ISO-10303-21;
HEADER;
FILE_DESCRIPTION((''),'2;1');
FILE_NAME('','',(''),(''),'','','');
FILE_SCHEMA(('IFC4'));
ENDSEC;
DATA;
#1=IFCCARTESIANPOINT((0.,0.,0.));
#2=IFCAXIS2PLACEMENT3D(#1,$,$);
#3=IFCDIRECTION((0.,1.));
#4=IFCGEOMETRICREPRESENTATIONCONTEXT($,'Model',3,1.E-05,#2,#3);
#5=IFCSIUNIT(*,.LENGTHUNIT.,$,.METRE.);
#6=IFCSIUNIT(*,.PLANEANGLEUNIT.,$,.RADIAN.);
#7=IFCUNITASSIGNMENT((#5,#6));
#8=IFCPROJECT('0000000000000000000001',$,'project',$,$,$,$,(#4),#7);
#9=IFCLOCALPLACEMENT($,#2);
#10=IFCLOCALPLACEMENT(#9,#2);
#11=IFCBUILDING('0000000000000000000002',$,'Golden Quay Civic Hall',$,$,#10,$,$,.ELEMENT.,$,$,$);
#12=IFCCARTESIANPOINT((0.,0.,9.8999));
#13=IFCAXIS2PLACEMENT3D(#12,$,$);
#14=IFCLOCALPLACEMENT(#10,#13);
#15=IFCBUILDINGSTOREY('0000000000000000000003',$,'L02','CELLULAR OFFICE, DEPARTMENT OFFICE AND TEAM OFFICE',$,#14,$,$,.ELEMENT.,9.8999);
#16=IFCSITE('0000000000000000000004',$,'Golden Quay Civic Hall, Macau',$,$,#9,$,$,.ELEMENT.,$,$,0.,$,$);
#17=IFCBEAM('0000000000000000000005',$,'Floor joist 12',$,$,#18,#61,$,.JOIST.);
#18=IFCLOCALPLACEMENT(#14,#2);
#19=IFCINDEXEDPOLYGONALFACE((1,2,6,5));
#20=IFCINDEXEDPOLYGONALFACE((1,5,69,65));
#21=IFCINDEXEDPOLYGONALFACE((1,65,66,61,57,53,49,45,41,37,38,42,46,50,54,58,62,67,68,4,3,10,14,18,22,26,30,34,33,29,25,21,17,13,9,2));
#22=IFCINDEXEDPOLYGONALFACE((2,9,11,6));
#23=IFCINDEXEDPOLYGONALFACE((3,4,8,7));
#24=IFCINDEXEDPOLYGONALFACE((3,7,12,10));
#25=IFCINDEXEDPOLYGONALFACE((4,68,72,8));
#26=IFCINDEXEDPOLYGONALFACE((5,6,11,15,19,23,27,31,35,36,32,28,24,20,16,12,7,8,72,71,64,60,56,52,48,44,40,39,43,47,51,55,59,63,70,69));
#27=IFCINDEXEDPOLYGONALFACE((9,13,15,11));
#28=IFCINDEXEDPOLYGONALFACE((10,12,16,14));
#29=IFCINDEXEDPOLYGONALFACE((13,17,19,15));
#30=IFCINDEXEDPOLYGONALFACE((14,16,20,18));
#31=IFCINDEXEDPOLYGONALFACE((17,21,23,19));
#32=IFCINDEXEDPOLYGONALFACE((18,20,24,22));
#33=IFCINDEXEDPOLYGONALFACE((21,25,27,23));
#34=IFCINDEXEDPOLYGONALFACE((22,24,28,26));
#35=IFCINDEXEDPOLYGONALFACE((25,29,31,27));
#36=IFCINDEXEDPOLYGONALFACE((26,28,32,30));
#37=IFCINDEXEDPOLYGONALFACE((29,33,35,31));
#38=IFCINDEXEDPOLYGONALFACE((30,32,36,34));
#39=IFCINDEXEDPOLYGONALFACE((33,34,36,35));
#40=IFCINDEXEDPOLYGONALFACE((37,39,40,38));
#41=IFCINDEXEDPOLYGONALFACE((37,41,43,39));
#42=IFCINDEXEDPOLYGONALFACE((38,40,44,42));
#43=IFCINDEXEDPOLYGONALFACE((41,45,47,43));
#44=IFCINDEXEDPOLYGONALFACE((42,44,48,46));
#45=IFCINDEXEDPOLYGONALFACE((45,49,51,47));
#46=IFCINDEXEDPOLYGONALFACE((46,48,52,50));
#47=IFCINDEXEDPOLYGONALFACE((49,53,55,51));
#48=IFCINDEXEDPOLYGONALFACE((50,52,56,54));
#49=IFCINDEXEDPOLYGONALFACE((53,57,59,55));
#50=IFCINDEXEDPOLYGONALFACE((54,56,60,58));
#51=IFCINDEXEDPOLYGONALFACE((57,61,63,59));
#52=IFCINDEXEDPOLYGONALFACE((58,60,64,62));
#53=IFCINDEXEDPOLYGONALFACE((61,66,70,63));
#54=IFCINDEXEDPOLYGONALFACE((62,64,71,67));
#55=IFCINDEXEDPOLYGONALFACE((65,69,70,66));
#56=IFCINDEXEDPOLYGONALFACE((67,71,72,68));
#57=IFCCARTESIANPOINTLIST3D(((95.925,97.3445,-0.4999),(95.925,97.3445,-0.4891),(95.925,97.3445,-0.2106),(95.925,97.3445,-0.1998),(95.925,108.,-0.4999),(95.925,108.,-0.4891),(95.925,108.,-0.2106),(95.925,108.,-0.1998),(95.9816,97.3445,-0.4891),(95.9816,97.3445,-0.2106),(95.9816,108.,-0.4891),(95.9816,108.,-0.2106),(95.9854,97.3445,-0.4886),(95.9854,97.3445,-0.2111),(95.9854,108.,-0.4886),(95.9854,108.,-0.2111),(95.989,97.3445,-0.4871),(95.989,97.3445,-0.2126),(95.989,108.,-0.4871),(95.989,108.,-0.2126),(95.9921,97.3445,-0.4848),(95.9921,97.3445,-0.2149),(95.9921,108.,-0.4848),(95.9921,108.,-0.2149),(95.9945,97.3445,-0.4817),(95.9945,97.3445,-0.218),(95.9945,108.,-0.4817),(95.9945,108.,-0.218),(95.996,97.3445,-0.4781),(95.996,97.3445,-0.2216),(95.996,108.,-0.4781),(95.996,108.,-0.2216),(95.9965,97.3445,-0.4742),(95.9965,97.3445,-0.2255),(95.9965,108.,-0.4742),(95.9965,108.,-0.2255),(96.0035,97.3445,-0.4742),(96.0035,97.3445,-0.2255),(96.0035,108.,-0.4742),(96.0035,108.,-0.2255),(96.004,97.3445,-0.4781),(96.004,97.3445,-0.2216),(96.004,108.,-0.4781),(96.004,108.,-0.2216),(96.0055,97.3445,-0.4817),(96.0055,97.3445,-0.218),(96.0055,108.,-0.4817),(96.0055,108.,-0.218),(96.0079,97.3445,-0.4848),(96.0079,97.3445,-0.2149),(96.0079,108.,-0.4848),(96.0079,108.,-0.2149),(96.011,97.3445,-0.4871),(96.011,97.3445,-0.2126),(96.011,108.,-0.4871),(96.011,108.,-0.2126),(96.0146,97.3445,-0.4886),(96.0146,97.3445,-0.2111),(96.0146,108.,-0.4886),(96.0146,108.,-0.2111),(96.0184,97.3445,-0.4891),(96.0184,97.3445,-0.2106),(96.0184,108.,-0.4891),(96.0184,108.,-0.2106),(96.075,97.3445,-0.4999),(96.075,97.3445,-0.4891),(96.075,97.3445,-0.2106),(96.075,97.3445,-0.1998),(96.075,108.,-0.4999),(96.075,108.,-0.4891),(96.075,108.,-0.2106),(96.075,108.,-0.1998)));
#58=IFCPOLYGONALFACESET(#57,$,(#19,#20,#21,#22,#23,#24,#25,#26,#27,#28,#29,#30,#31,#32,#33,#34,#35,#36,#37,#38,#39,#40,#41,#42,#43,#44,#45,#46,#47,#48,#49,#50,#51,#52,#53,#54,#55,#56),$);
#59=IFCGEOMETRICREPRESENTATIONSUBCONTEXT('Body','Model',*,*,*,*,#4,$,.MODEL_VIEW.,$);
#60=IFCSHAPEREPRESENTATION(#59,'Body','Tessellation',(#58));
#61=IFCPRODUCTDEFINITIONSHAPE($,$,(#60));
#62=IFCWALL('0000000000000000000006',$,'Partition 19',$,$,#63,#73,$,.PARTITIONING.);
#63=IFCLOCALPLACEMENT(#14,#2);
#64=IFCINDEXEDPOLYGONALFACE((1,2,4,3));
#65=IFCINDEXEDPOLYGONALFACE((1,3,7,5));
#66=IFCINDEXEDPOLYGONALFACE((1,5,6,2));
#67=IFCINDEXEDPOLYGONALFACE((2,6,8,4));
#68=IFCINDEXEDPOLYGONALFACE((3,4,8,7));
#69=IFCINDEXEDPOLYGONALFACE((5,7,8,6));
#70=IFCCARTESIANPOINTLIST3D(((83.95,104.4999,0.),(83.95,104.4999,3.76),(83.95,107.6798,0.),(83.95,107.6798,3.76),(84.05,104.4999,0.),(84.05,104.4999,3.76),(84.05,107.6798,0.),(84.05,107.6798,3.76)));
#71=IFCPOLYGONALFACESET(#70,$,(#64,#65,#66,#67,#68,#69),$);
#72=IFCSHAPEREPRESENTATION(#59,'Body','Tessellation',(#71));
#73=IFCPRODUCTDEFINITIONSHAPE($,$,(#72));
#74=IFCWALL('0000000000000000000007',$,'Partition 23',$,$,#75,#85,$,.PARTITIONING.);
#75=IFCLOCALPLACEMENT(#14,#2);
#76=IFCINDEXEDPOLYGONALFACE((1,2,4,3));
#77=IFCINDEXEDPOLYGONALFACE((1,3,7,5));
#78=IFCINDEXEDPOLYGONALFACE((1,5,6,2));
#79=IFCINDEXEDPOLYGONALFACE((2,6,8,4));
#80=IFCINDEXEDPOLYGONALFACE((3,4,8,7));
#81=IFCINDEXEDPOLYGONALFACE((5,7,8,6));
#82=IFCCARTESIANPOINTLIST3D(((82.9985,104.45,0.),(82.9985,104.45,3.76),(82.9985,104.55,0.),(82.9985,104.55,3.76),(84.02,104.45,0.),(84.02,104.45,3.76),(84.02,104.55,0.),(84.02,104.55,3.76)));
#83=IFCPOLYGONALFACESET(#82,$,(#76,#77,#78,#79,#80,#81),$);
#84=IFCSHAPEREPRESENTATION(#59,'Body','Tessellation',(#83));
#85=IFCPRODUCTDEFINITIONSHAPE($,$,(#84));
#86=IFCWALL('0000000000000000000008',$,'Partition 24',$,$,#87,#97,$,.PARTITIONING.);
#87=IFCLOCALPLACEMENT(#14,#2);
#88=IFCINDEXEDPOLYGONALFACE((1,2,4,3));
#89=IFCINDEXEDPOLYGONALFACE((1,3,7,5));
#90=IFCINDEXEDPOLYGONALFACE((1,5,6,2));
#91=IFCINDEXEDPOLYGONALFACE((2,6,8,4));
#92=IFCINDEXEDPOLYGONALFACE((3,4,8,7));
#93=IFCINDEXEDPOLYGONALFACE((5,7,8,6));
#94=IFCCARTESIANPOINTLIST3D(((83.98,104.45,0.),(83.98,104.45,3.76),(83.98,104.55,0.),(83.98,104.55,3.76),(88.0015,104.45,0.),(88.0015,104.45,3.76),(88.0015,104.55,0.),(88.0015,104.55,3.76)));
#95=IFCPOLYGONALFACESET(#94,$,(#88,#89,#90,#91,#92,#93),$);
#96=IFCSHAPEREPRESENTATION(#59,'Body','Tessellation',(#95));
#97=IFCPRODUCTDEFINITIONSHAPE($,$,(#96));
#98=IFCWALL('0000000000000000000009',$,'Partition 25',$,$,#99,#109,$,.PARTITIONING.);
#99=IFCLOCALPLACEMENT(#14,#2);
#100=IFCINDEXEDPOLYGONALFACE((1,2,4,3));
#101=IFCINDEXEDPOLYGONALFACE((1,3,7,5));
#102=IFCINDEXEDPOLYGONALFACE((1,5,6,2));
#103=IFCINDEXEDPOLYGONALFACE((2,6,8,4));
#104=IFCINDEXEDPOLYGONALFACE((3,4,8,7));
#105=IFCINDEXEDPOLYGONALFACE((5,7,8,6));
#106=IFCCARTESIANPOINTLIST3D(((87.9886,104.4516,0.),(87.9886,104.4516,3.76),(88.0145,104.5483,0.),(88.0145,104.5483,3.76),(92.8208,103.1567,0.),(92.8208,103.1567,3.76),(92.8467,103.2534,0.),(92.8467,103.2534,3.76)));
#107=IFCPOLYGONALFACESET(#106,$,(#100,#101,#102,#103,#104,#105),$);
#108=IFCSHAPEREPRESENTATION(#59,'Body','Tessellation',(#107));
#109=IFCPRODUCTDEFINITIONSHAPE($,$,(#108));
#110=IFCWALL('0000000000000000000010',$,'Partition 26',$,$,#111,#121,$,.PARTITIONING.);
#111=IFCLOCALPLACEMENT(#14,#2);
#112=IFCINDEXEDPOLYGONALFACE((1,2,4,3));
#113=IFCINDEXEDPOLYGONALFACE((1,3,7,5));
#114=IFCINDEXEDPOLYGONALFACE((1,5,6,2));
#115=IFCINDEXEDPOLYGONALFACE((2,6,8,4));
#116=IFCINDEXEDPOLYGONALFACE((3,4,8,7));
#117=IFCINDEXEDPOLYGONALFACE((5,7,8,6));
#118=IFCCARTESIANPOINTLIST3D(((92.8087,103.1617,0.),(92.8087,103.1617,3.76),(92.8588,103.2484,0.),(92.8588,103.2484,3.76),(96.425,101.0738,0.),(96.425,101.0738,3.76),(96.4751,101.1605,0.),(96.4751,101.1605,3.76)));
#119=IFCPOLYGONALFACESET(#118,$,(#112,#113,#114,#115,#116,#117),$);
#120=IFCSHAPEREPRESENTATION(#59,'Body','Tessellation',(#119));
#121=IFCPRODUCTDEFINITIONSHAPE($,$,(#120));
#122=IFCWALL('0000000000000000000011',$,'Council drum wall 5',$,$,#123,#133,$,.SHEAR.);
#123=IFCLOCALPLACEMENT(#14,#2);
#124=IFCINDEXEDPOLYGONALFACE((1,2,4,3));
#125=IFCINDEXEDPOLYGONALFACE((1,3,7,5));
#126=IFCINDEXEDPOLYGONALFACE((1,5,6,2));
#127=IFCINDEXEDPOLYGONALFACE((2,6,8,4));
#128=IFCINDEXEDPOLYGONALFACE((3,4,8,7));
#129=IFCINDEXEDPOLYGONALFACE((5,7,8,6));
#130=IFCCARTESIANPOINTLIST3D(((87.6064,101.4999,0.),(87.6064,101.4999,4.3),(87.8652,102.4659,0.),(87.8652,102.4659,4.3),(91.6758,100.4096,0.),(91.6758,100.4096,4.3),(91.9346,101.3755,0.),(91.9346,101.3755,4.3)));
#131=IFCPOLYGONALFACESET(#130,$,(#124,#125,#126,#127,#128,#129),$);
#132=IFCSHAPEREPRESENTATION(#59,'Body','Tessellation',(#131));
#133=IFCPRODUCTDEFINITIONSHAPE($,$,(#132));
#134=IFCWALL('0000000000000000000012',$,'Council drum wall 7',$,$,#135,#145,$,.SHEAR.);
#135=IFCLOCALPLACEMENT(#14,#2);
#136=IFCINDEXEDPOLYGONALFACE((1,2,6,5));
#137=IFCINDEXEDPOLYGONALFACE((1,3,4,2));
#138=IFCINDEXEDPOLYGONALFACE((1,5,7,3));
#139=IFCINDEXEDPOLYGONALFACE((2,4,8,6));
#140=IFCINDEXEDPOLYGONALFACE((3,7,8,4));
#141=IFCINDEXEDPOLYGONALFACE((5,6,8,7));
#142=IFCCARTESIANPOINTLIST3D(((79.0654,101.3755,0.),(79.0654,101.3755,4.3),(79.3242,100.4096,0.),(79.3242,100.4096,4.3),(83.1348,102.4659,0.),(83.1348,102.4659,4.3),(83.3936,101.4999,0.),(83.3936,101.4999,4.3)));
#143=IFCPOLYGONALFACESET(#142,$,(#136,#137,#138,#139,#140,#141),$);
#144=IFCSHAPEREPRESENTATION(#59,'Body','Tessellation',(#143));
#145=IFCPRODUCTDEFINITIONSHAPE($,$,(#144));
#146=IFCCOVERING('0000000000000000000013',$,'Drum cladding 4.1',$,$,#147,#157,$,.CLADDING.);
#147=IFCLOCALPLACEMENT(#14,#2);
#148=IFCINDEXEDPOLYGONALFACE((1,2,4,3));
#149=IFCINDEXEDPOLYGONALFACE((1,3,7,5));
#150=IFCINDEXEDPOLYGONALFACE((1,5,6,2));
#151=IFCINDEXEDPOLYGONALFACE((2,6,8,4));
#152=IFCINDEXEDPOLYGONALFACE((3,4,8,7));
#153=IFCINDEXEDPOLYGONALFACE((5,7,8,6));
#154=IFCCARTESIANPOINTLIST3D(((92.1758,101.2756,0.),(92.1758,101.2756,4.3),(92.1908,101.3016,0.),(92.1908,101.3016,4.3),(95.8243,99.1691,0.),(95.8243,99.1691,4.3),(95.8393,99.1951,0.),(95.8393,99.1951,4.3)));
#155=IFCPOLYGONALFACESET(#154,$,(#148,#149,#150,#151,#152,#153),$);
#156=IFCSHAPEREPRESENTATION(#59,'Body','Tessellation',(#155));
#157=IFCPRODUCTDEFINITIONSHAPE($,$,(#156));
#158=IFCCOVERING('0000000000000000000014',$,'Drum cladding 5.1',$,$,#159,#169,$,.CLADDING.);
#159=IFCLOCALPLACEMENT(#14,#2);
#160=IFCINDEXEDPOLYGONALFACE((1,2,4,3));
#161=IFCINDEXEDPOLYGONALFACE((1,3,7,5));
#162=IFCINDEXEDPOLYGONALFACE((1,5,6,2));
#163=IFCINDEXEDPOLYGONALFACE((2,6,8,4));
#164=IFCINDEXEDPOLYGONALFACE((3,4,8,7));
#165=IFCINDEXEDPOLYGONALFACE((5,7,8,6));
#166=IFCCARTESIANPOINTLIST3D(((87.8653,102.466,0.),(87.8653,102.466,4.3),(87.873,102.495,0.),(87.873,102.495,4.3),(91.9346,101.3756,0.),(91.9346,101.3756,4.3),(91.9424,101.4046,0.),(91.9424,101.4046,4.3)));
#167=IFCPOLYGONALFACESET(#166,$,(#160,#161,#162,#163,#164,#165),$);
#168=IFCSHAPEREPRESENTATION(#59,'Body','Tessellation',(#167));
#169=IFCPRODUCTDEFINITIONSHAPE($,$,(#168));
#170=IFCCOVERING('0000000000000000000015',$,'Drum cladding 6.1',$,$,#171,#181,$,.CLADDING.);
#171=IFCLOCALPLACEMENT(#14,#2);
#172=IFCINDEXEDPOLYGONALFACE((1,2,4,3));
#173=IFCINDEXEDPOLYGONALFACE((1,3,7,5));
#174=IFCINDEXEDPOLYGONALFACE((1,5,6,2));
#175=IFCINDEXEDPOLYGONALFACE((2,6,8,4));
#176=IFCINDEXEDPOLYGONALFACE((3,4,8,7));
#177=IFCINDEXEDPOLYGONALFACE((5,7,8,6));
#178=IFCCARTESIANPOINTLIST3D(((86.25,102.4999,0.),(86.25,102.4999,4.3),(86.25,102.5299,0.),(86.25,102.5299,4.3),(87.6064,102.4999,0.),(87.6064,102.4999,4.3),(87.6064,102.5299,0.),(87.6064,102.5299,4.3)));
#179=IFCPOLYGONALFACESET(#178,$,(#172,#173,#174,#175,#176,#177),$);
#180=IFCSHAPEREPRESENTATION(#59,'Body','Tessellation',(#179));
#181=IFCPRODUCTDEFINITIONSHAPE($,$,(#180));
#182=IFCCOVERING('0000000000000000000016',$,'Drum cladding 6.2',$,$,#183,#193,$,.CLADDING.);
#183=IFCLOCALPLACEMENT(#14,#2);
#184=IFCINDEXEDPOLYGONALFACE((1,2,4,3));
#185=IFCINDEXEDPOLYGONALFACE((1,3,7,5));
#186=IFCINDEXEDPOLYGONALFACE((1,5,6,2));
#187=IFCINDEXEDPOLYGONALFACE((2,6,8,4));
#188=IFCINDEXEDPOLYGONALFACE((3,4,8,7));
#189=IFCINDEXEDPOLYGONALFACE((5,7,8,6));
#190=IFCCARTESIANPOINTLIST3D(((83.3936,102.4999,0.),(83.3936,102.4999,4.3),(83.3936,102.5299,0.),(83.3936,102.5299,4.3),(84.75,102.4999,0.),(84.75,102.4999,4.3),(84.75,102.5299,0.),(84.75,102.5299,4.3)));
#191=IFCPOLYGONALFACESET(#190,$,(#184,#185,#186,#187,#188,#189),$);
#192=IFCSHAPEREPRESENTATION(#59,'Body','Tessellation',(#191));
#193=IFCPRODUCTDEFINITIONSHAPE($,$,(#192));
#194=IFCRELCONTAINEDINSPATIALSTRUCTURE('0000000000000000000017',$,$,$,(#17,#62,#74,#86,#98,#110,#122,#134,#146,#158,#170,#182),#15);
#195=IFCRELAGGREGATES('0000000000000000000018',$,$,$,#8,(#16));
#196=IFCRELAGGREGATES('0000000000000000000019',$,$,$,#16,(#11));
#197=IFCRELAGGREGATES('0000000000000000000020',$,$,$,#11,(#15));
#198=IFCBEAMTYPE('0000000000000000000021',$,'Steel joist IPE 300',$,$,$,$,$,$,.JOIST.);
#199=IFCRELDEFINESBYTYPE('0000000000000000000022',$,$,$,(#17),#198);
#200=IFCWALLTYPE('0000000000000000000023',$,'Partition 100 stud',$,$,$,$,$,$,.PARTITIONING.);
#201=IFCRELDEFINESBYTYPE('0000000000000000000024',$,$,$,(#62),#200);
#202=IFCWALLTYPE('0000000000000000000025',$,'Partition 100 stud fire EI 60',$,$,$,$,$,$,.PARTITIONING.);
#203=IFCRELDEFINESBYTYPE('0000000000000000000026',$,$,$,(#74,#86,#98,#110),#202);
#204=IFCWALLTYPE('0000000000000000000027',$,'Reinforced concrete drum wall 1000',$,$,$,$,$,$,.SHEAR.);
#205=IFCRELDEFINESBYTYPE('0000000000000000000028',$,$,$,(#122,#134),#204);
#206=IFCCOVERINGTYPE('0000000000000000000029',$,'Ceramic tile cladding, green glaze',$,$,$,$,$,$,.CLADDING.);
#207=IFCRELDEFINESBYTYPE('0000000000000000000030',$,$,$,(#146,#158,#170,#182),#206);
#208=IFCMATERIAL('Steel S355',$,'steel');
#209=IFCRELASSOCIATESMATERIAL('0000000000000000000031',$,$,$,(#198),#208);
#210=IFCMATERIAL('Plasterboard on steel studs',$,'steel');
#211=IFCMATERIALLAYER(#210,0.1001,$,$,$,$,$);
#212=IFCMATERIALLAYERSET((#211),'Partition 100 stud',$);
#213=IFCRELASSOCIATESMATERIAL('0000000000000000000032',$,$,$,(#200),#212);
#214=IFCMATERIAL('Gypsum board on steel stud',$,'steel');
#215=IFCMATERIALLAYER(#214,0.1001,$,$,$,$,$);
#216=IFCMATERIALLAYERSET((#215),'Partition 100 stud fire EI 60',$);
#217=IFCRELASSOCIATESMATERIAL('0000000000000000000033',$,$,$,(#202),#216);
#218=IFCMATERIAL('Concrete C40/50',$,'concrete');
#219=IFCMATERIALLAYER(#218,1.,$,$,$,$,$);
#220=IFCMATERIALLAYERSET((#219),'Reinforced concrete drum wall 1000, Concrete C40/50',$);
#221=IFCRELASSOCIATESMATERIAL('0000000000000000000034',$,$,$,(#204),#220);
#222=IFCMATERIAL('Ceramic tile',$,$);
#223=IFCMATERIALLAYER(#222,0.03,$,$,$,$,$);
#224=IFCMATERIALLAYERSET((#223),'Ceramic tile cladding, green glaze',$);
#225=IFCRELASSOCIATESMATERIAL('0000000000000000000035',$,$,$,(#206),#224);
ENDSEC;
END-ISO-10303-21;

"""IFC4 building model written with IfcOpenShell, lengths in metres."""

from ifc_helpers import new_model, si_unit, direction, frame, frame_2d, origin, origin_2d, place, context, subcontext, project, spatial, rectangle, i_section, extrude, material, layer, layer_set, material_profile, profile_set, type_object, element, save


model = new_model("IFC4")

# Units and contexts
model_context = context("Model", 3, precision=1e-05, world=origin(), true_north=direction((0.0, 1.0)))
body_context = subcontext(model_context, "Body", "Model", "MODEL_VIEW")
ifc_project = project(units=[si_unit("LENGTHUNIT", "METRE"), si_unit("PLANEANGLEUNIT", "RADIAN")], contexts=[model_context])

# Site, building, storey
site_placement = place(None, origin())
site = spatial("IfcSite", under=ifc_project, at=site_placement, Name="Golden Quay Civic Hall, Macau", CompositionType="ELEMENT", RefElevation=0.0)
building_placement = place(site_placement, origin())
building = spatial("IfcBuilding", under=site, at=building_placement, Name="Golden Quay Civic Hall", CompositionType="ELEMENT")
storey_placement = place(building_placement, frame((0.0, 0.0, 9.8999)))
storey = spatial("IfcBuildingStorey", under=building, at=storey_placement, Name="L02", Description="CELLULAR OFFICE, DEPARTMENT OFFICE AND TEAM OFFICE", CompositionType="ELEMENT", Elevation=9.8999)

# Beam
ifc_material_1 = material(Name="Steel S355", Category="steel")
ifc_material_profile_1 = material_profile(ifc_material_1, i_section(OverallWidth=0.1499, OverallDepth=0.3, WebThickness=0.0071, FlangeThickness=0.0107, FilletRadius=0.0149, at=origin_2d()), Name="IPE 300")
ifc_profile_set_1 = profile_set([ifc_material_profile_1], Name="Steel S355")
beam_type_1 = type_object("IfcBeamType", Name="Steel joist IPE 300", PredefinedType="JOIST", material=ifc_profile_set_1)
beam_1_placement = place(storey_placement, frame((96.0, 108.0, -0.3499), z_axis=(0.0, -1.0, 0.0), x_axis=(1.0, 0.0, 0.0)))
element("IfcBeam", 1, at=beam_1_placement, inside=storey, type_object=beam_type_1, Name="Floor joist 12", PredefinedType="JOIST", context=body_context, shape_type="SweptSolid", body=[
    extrude(i_section(OverallWidth=0.1499, OverallDepth=0.3, WebThickness=0.0071, FlangeThickness=0.0107, FilletRadius=0.0149, at=origin_2d()), origin(), (0.0, 0.0, 1.0), 10.6555),
])

# Walls
ifc_material_2 = material(Name="Plasterboard on steel studs", Category="steel")
ifc_layer_1 = layer(ifc_material_2, 0.1001)
ifc_layer_set_1 = layer_set([ifc_layer_1], Name="Partition 100 stud")
wall_type_1 = type_object("IfcWallType", Name="Partition 100 stud", PredefinedType="PARTITIONING", material=ifc_layer_set_1)
wall_1_placement = place(storey_placement, frame((84.0, 104.5, 0.0), z_axis=(0.0, 0.0, 1.0), x_axis=(0.0, 1.0, 0.0)))
element("IfcWall", 2, at=wall_1_placement, inside=storey, type_object=wall_type_1, Name="Partition 19", PredefinedType="PARTITIONING", context=body_context, shape_type="SweptSolid", body=[
    extrude(rectangle(XDim=3.1799, YDim=0.1001, at=frame_2d((1.5898, 0.0))), origin(), (0.0, 0.0, 1.0), 3.76),
])
ifc_material_3 = material(Name="Gypsum board on steel stud", Category="steel")
ifc_layer_2 = layer(ifc_material_3, 0.1001)
ifc_layer_set_2 = layer_set([ifc_layer_2], Name="Partition 100 stud fire EI 60")
wall_type_2 = type_object("IfcWallType", Name="Partition 100 stud fire EI 60", PredefinedType="PARTITIONING", material=ifc_layer_set_2)
wall_2_placement = place(storey_placement, frame((82.9985, 104.5, 0.0), z_axis=(0.0, 0.0, 1.0), x_axis=(1.0, 0.0, 0.0)))
element("IfcWall", 3, at=wall_2_placement, inside=storey, type_object=wall_type_2, Name="Partition 23", PredefinedType="PARTITIONING", context=body_context, shape_type="SweptSolid", body=[
    extrude(rectangle(XDim=1.0215, YDim=0.1001, at=frame_2d((0.5107, 0.0))), origin(), (0.0, 0.0, 1.0), 3.76),
])
wall_3_placement = place(storey_placement, frame((83.98, 104.5, 0.0), z_axis=(0.0, 0.0, 1.0), x_axis=(1.0, 0.0, 0.0)))
element("IfcWall", 4, at=wall_3_placement, inside=storey, type_object=wall_type_2, Name="Partition 24", PredefinedType="PARTITIONING", context=body_context, shape_type="SweptSolid", body=[
    extrude(rectangle(XDim=4.0215, YDim=0.1001, at=frame_2d((2.0107, 0.0))), origin(), (0.0, 0.0, 1.0), 3.76),
])
wall_4_placement = place(storey_placement, frame((88.0015, 104.5, 0.0), z_axis=(0.0, 0.0, 1.0), x_axis=(0.96592, -0.258841, 0.0)))
element("IfcWall", 5, at=wall_4_placement, inside=storey, type_object=wall_type_2, Name="Partition 25", PredefinedType="PARTITIONING", context=body_context, shape_type="SweptSolid", body=[
    extrude(rectangle(XDim=5.0027, YDim=0.1001, at=frame_2d((2.5015, 0.0))), origin(), (0.0, 0.0, 1.0), 3.76),
])
wall_5_placement = place(storey_placement, frame((92.8337, 103.2051, 0.0), z_axis=(0.0, 0.0, 1.0), x_axis=(0.866018, -0.500013, 0.0)))
element("IfcWall", 6, at=wall_5_placement, inside=storey, type_object=wall_type_2, Name="Partition 26", PredefinedType="PARTITIONING", context=body_context, shape_type="SweptSolid", body=[
    extrude(rectangle(XDim=4.1758, YDim=0.1001, at=frame_2d((2.0879, 0.0))), origin(), (0.0, 0.0, 1.0), 3.76),
])
ifc_material_4 = material(Name="Concrete C40/50", Category="concrete")
ifc_layer_3 = layer(ifc_material_4, 1.0)
ifc_layer_set_3 = layer_set([ifc_layer_3], Name="Reinforced concrete drum wall 1000, Concrete C40/50")
wall_type_3 = type_object("IfcWallType", Name="Reinforced concrete drum wall 1000", PredefinedType="SHEAR", material=ifc_layer_set_3)
wall_6_placement = place(storey_placement, frame((91.8052, 100.8926, 0.0), z_axis=(0.0, 0.0, 1.0), x_axis=(-0.965928, 0.258809, 0.0)))
element("IfcWall", 7, at=wall_6_placement, inside=storey, type_object=wall_type_3, Name="Council drum wall 5", PredefinedType="SHEAR", context=body_context, shape_type="SweptSolid", body=[
    extrude(rectangle(XDim=4.2129, YDim=1.0, at=frame_2d((2.1064, 0.0))), origin(), (0.0, 0.0, 1.0), 4.3),
])

# Wall
wall_7_placement = place(storey_placement, frame((83.2642, 101.9829, 0.0), z_axis=(0.0, 0.0, 1.0), x_axis=(-0.965928, -0.258809, 0.0)))
element("IfcWall", 8, at=wall_7_placement, inside=storey, type_object=wall_type_3, Name="Council drum wall 7", PredefinedType="SHEAR", context=body_context, shape_type="SweptSolid", body=[
    extrude(rectangle(XDim=4.2129, YDim=1.0, at=frame_2d((2.1064, 0.0))), origin(), (0.0, 0.0, 1.0), 4.3),
])

# Coverings
ifc_material_5 = material(Name="Ceramic tile")
ifc_layer_4 = layer(ifc_material_5, 0.03)
ifc_layer_set_4 = layer_set([ifc_layer_4], Name="Ceramic tile cladding, green glaze")
covering_type = type_object("IfcCoveringType", Name="Ceramic tile cladding, green glaze", PredefinedType="CLADDING", material=ifc_layer_set_4)
for number, where, z_axis, x_axis, name in (
    (9, (94.0076, 100.2354, 0.0), (0.0, 0.0, 1.0), (-0.866025, 0.5, 0.0), "Drum cladding 4.1"),
    (10, (89.9038, 101.9353, 0.0), (0.0, 0.0, 1.0), (-0.965926, 0.258819, 0.0), "Drum cladding 5.1"),
):
    element("IfcCovering", number, at=place(storey_placement, frame(where, z_axis=z_axis, x_axis=x_axis)), inside=storey, type_object=covering_type, Name=name, PredefinedType="CLADDING", context=body_context, shape_type="SweptSolid", body=[
        extrude(rectangle(XDim=4.2129, YDim=0.03, at=origin_2d()), origin(), (0.0, 0.0, 1.0), 4.3),
    ])
for number, where, z_axis, x_axis, name in (
    (11, (86.9282, 102.5149, 0.0), (0.0, 0.0, 1.0), (-1.0, 0.0, 0.0), "Drum cladding 6.1"),
    (12, (84.0718, 102.5149, 0.0), (0.0, 0.0, 1.0), (-1.0, 0.0, 0.0), "Drum cladding 6.2"),
):
    element("IfcCovering", number, at=place(storey_placement, frame(where, z_axis=z_axis, x_axis=x_axis)), inside=storey, type_object=covering_type, Name=name, PredefinedType="CLADDING", context=body_context, shape_type="SweptSolid", body=[
        extrude(rectangle(XDim=1.3564, YDim=0.03, at=origin_2d()), origin(), (0.0, 0.0, 1.0), 4.3),
    ])

save(model, "model.ifc")
